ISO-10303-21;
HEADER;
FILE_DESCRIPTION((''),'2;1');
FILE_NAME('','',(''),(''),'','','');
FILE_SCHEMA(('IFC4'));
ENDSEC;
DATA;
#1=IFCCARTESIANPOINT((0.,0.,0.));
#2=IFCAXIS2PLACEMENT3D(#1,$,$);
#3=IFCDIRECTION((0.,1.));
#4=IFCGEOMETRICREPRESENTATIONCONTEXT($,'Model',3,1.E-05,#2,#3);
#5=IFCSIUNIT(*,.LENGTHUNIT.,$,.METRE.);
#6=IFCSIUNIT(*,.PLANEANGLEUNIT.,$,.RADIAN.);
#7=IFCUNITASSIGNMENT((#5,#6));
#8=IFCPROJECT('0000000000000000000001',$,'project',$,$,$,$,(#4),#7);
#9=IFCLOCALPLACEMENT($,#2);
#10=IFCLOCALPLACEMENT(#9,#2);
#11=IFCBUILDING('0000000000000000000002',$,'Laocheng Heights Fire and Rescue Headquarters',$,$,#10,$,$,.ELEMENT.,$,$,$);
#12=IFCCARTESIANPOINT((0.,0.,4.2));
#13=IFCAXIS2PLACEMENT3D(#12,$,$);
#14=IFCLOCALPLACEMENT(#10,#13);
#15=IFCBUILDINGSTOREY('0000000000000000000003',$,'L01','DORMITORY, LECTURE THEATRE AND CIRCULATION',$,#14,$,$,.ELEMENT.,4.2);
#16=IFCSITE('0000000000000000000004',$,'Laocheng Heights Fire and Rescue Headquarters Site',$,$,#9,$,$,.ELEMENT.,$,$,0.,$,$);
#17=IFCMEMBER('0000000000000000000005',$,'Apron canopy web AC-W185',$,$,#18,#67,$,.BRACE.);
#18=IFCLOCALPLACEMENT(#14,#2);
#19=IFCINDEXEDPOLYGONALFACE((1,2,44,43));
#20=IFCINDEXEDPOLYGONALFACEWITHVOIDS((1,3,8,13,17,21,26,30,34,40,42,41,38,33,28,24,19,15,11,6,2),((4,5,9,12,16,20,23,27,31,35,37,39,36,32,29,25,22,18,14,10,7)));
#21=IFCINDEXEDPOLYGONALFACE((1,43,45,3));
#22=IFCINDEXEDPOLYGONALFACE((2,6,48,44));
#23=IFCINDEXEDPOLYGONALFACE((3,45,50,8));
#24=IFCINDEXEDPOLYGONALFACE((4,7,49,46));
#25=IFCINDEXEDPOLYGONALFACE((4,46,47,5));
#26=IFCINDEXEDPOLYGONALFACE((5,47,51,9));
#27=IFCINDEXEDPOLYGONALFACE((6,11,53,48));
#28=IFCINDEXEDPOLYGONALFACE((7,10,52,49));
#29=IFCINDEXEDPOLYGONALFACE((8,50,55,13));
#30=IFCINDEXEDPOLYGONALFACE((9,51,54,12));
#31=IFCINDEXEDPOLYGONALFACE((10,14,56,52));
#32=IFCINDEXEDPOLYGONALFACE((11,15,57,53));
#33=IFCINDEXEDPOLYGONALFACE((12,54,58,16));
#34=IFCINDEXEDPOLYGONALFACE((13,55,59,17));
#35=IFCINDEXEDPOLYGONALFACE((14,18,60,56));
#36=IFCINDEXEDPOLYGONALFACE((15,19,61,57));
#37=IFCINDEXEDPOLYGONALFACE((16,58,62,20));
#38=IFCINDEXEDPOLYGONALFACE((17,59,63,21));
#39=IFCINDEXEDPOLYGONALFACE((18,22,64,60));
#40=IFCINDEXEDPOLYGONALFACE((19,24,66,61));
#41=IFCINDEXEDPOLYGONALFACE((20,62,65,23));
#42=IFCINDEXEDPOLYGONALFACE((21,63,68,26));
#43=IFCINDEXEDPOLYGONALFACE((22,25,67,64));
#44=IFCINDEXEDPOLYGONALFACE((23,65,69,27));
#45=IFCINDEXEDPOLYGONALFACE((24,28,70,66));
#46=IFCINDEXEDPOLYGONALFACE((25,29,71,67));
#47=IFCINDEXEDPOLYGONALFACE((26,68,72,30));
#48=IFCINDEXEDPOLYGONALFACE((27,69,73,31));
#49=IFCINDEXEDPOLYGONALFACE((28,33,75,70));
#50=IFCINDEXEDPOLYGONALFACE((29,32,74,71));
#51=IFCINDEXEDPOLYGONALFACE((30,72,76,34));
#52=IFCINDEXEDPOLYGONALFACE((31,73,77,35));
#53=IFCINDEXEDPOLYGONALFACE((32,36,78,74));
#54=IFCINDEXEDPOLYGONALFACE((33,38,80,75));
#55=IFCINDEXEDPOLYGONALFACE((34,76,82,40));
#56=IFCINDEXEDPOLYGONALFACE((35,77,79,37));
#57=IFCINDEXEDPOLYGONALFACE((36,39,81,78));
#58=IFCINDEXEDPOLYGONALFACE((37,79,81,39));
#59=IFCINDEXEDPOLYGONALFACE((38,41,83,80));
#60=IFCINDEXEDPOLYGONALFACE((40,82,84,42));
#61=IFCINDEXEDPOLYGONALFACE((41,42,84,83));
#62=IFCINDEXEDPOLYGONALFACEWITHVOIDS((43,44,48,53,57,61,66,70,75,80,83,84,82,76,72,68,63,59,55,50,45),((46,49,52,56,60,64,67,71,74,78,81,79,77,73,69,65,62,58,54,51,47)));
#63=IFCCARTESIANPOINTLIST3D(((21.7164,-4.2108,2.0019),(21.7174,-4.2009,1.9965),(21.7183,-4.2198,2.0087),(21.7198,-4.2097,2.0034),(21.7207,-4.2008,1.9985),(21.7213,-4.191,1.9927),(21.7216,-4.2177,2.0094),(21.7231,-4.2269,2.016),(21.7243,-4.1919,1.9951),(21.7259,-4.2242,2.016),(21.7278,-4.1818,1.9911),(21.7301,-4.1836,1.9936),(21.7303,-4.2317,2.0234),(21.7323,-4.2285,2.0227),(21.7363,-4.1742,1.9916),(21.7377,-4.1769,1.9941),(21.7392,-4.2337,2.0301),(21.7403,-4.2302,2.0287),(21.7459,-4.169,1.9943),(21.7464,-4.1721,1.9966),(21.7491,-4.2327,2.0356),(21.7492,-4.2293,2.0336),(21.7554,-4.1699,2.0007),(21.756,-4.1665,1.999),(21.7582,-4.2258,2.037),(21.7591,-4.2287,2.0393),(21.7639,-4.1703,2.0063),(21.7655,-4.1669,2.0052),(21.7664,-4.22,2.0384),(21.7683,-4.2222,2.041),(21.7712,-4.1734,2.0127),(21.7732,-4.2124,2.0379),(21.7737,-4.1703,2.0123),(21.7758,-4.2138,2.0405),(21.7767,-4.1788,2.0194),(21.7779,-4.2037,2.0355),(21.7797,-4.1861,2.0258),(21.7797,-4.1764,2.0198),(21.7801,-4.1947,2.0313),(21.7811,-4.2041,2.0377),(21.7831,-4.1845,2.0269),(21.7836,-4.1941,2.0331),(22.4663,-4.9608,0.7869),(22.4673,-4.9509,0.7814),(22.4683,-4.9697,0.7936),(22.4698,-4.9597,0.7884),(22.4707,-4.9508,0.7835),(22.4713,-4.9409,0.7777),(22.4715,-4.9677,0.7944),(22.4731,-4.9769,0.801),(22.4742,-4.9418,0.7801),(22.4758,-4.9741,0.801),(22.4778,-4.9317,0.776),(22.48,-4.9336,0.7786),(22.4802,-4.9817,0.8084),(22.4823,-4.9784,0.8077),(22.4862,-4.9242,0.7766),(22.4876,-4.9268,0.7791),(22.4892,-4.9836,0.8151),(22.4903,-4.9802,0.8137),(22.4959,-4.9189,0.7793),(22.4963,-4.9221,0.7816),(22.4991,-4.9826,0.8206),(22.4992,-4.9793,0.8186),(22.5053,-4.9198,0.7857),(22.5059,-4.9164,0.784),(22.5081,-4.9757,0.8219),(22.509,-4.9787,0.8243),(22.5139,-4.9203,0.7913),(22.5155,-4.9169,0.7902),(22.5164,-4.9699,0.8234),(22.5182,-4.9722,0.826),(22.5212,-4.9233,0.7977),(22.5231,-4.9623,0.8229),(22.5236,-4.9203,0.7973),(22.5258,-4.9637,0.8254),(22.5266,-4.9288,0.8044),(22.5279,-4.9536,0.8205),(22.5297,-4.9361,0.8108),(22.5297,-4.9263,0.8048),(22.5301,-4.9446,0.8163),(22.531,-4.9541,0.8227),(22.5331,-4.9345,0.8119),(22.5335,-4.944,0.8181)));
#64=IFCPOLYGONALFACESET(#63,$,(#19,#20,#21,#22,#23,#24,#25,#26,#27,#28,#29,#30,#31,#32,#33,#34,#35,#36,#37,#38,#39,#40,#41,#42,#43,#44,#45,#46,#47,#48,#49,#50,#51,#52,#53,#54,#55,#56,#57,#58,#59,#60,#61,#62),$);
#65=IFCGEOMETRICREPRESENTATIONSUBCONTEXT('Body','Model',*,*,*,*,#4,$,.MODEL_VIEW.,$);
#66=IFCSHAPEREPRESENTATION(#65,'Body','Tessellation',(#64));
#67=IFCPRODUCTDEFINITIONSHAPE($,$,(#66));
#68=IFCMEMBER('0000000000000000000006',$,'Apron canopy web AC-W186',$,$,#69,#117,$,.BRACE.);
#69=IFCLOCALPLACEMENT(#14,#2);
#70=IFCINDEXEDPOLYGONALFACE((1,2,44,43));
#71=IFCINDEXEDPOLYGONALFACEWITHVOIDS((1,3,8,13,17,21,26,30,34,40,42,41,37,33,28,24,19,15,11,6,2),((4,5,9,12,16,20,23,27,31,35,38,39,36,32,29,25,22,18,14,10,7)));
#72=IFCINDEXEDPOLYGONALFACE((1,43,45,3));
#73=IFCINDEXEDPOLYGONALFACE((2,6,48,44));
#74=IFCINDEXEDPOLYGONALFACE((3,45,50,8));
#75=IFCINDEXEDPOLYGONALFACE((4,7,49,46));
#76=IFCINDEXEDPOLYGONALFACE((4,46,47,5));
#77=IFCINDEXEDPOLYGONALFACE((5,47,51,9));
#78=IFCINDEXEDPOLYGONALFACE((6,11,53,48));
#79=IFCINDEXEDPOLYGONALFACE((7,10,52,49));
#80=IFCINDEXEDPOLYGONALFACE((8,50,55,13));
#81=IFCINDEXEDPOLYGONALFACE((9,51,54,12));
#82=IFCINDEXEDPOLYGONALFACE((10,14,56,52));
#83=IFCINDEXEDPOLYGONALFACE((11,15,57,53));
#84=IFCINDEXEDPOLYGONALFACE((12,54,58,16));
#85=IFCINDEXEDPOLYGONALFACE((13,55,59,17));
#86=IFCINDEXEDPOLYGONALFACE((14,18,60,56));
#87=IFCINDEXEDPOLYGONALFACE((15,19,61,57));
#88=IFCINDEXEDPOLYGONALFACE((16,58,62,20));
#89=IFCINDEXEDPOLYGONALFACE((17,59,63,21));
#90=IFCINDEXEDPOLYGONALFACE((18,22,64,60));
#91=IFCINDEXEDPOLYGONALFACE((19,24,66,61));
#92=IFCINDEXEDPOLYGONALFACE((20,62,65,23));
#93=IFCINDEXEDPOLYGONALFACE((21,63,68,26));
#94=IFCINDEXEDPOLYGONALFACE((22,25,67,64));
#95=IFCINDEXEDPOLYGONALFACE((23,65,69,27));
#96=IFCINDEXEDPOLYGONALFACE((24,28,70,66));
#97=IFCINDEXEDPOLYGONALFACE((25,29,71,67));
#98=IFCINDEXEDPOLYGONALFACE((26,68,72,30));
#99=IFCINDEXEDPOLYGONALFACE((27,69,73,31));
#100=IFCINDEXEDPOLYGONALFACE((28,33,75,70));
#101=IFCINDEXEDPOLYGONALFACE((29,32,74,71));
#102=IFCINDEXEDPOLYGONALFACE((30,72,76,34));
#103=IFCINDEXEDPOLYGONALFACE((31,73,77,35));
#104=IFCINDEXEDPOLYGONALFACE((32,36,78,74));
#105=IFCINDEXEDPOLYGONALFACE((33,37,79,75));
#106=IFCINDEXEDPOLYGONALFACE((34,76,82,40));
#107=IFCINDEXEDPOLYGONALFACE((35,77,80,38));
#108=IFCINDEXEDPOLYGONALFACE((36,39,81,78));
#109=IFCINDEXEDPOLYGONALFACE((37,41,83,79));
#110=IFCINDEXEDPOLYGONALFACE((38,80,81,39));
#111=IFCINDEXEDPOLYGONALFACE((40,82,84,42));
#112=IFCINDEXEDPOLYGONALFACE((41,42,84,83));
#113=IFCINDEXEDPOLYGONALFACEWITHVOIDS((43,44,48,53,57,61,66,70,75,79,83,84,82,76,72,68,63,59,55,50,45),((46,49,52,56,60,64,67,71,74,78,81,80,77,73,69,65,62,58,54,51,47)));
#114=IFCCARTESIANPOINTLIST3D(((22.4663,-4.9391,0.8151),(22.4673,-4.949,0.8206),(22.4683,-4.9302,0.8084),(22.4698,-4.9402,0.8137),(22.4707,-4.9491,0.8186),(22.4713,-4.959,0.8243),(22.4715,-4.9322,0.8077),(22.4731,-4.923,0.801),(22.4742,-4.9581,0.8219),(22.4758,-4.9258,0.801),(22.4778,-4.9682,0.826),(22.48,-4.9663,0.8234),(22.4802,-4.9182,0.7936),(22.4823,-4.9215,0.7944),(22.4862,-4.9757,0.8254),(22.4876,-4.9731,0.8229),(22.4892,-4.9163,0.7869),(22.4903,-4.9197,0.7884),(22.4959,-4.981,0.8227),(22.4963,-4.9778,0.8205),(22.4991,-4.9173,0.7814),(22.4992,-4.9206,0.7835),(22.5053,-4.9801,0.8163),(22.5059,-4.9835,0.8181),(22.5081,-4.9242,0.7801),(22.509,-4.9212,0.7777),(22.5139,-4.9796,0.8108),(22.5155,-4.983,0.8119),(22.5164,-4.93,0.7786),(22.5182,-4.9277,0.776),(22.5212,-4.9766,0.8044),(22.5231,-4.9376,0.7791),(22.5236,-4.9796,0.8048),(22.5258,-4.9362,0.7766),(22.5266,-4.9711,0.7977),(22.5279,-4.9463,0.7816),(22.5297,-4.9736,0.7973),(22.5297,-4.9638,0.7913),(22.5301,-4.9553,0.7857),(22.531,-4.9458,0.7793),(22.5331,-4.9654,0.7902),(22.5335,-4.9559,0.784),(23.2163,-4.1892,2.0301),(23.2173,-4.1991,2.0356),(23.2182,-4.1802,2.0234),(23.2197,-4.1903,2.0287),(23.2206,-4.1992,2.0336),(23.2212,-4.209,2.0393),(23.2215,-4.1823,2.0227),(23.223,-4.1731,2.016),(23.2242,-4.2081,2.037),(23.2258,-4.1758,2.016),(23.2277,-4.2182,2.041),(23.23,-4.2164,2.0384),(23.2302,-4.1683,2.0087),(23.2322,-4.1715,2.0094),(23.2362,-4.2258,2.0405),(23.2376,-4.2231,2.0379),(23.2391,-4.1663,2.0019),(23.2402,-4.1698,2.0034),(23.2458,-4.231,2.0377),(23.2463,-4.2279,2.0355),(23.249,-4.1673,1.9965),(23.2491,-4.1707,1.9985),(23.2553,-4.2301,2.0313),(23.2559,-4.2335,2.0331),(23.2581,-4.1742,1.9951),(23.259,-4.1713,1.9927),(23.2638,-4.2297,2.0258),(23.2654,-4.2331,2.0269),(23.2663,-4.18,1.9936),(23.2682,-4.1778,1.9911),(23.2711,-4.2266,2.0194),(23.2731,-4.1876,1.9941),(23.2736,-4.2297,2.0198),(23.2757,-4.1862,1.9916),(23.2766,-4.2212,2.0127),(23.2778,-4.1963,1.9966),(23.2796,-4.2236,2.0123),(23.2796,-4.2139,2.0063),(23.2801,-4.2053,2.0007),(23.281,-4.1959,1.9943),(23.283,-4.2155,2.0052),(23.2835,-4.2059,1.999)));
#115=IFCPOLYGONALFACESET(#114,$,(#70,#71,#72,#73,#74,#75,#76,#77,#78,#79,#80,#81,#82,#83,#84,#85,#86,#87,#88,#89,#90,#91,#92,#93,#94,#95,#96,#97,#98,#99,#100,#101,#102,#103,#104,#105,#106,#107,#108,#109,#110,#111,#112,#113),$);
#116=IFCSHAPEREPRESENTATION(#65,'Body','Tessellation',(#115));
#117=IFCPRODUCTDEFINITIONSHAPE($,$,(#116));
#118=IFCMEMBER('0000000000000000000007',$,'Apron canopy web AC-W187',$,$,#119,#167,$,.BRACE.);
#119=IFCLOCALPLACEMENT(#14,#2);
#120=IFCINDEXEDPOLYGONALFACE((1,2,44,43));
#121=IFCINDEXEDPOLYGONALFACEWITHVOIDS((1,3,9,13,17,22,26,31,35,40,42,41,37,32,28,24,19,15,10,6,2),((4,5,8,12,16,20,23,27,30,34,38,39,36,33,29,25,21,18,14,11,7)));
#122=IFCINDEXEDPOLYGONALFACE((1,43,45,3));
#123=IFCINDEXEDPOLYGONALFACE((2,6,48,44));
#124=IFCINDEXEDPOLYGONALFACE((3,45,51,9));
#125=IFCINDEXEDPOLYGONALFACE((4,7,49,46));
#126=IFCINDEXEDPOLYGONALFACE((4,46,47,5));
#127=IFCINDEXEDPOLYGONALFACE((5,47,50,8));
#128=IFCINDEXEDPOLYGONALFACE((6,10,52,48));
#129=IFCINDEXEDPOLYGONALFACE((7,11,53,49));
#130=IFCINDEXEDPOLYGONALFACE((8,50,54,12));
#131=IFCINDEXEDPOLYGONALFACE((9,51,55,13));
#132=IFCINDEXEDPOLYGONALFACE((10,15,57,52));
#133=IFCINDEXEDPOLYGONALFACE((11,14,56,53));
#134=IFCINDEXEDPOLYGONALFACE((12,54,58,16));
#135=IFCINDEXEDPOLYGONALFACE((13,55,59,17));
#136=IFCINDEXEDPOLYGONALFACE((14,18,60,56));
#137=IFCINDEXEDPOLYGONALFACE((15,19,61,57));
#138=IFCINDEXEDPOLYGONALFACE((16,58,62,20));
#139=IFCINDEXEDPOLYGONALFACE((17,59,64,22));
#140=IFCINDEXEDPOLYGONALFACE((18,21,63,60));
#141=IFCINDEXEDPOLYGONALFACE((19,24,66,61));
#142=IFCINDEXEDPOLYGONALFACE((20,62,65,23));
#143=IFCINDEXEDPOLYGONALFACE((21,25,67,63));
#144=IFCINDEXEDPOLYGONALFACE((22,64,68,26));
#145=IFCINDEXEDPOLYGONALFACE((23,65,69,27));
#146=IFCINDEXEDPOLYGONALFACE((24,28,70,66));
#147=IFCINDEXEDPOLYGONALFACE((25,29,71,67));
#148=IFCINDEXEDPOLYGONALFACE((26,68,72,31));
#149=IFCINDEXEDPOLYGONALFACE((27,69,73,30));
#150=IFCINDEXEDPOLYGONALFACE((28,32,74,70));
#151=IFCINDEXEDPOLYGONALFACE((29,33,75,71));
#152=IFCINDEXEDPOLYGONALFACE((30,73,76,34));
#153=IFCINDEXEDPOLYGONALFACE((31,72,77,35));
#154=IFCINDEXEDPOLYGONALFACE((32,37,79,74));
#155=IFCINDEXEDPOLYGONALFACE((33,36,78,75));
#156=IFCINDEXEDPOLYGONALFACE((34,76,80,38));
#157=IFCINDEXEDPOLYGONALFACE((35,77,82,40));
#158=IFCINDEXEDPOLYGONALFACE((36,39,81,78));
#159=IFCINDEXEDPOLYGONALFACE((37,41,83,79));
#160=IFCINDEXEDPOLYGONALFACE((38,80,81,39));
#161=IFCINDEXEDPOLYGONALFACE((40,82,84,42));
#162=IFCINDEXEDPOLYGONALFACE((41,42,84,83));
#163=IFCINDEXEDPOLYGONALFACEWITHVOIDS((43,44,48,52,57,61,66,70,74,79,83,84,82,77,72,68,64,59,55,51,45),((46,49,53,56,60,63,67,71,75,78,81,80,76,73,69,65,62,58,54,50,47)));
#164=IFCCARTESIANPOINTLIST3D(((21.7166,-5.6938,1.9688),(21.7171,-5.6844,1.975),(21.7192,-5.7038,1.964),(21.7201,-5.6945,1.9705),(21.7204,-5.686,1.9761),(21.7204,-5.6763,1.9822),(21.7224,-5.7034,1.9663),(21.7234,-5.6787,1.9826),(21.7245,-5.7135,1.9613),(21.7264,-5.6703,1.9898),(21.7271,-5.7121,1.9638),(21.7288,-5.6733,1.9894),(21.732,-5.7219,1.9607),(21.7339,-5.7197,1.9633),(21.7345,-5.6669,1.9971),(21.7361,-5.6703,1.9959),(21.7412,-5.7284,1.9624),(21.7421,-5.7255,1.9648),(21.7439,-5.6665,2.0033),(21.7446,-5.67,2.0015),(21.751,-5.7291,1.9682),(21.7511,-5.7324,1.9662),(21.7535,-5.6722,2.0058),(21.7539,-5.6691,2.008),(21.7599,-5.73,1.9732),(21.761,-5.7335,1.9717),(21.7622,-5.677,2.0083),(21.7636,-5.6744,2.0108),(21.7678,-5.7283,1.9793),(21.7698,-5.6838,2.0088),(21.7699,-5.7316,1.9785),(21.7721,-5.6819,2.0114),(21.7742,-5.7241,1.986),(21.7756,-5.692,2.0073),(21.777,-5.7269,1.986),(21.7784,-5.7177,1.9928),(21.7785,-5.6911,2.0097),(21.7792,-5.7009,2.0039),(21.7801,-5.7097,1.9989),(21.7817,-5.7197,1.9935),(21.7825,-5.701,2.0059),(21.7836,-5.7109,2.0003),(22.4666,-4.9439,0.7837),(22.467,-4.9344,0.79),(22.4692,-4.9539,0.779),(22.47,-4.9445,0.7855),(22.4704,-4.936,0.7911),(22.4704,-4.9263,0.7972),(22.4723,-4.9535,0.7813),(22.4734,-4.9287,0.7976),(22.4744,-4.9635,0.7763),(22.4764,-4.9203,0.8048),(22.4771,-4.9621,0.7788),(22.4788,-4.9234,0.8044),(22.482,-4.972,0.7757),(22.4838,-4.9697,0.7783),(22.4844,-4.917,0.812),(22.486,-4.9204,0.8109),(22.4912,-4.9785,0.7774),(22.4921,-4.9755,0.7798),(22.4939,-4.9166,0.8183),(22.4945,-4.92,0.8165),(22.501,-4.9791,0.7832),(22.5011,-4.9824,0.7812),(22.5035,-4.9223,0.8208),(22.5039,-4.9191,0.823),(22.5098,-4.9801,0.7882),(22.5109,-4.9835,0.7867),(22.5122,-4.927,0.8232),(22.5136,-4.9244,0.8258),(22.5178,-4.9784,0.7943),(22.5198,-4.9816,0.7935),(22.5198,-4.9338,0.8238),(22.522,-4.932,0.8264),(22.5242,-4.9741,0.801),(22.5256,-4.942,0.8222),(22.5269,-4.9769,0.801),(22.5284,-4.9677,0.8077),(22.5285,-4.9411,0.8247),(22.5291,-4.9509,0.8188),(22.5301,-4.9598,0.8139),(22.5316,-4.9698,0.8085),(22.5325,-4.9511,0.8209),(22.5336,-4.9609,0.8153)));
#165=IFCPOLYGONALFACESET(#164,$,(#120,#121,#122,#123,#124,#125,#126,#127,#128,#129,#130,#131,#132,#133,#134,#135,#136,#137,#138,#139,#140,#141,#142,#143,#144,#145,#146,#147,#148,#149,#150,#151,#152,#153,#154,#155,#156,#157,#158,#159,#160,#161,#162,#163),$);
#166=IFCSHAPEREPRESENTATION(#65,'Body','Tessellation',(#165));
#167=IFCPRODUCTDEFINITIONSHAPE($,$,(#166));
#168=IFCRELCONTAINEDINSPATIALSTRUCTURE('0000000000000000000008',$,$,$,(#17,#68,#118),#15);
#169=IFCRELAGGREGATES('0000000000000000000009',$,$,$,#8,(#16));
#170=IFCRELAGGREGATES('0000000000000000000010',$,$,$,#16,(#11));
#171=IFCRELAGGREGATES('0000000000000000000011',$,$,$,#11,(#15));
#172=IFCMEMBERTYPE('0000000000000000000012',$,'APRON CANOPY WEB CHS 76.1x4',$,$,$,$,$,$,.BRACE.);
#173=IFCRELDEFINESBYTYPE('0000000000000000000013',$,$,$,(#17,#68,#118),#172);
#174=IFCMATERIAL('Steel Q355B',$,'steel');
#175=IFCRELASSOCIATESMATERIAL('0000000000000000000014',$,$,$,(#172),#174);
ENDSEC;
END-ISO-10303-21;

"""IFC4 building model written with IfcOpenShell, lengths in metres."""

from ifc_helpers import new_model, si_unit, direction, frame, origin, origin_2d, place, context, subcontext, project, spatial, hollow_circle, extrude, material, material_profile, profile_set, type_object, element, save


model = new_model("IFC4")

# Units and contexts
model_context = context("Model", 3, precision=1e-05, world=origin(), true_north=direction((0.0, 1.0)))
body_context = subcontext(model_context, "Body", "Model", "MODEL_VIEW")
ifc_project = project(units=[si_unit("LENGTHUNIT", "METRE"), si_unit("PLANEANGLEUNIT", "RADIAN")], contexts=[model_context])

# Site, building, storey
site_placement = place(None, origin())
site = spatial("IfcSite", under=ifc_project, at=site_placement, Name="Laocheng Heights Fire and Rescue Headquarters Site", CompositionType="ELEMENT", RefElevation=0.0)
building_placement = place(site_placement, origin())
building = spatial("IfcBuilding", under=site, at=building_placement, Name="Laocheng Heights Fire and Rescue Headquarters", CompositionType="ELEMENT")
storey_placement = place(building_placement, frame((0.0, 0.0, 4.2)))
storey = spatial("IfcBuildingStorey", under=building, at=storey_placement, Name="L01", Description="DORMITORY, LECTURE THEATRE AND CIRCULATION", CompositionType="ELEMENT", Elevation=4.2)

# Members
ifc_material_1 = material(Name="Steel Q355B", Category="steel")
ifc_material_profile_1 = material_profile(ifc_material_1, hollow_circle(Radius=0.0381, WallThickness=0.0039, at=origin_2d()), Name="CHS 76.1x4")
ifc_profile_set_1 = profile_set([ifc_material_profile_1], Name="Steel Q355B")
member_type_1 = type_object("IfcMemberType", Name="APRON CANOPY WEB CHS 76.1x4", PredefinedType="BRACE", material=ifc_profile_set_1)
for number, where, z_axis, x_axis, name in (
    (1, (22.5, -4.95, 0.801), (-0.465002, 0.465002, 0.753357), (-0.707107, -0.707107, 0.0), "Apron canopy web AC-W185"),
    (2, (22.5, -4.95, 0.801), (0.465002, 0.465002, 0.753357), (-0.707107, 0.707107, 0.0), "Apron canopy web AC-W186"),
):
    element("IfcMember", number, at=place(storey_placement, frame(where, z_axis=z_axis, x_axis=x_axis)), inside=storey, type_object=member_type_1, Name=name, PredefinedType="BRACE", context=body_context, shape_type="SweptSolid", body=[
        extrude(hollow_circle(Radius=0.0381, WallThickness=0.0039, at=origin_2d()), origin(), (0.0, 0.0, 1.0), 1.6128),
    ])
for number, where, z_axis, x_axis, name in (
    (3, (22.5, -4.95, 0.801), (-0.47158, -0.47158, 0.745134), (0.707107, -0.707107, 0.0), "Apron canopy web AC-W187"),
):
    element("IfcMember", number, at=place(storey_placement, frame(where, z_axis=z_axis, x_axis=x_axis)), inside=storey, type_object=member_type_1, Name=name, PredefinedType="BRACE", context=body_context, shape_type="SweptSolid", body=[
        extrude(hollow_circle(Radius=0.0381, WallThickness=0.0039, at=origin_2d()), origin(), (0.0, 0.0, 1.0), 1.5903),
    ])

save(model, "model.ifc")
